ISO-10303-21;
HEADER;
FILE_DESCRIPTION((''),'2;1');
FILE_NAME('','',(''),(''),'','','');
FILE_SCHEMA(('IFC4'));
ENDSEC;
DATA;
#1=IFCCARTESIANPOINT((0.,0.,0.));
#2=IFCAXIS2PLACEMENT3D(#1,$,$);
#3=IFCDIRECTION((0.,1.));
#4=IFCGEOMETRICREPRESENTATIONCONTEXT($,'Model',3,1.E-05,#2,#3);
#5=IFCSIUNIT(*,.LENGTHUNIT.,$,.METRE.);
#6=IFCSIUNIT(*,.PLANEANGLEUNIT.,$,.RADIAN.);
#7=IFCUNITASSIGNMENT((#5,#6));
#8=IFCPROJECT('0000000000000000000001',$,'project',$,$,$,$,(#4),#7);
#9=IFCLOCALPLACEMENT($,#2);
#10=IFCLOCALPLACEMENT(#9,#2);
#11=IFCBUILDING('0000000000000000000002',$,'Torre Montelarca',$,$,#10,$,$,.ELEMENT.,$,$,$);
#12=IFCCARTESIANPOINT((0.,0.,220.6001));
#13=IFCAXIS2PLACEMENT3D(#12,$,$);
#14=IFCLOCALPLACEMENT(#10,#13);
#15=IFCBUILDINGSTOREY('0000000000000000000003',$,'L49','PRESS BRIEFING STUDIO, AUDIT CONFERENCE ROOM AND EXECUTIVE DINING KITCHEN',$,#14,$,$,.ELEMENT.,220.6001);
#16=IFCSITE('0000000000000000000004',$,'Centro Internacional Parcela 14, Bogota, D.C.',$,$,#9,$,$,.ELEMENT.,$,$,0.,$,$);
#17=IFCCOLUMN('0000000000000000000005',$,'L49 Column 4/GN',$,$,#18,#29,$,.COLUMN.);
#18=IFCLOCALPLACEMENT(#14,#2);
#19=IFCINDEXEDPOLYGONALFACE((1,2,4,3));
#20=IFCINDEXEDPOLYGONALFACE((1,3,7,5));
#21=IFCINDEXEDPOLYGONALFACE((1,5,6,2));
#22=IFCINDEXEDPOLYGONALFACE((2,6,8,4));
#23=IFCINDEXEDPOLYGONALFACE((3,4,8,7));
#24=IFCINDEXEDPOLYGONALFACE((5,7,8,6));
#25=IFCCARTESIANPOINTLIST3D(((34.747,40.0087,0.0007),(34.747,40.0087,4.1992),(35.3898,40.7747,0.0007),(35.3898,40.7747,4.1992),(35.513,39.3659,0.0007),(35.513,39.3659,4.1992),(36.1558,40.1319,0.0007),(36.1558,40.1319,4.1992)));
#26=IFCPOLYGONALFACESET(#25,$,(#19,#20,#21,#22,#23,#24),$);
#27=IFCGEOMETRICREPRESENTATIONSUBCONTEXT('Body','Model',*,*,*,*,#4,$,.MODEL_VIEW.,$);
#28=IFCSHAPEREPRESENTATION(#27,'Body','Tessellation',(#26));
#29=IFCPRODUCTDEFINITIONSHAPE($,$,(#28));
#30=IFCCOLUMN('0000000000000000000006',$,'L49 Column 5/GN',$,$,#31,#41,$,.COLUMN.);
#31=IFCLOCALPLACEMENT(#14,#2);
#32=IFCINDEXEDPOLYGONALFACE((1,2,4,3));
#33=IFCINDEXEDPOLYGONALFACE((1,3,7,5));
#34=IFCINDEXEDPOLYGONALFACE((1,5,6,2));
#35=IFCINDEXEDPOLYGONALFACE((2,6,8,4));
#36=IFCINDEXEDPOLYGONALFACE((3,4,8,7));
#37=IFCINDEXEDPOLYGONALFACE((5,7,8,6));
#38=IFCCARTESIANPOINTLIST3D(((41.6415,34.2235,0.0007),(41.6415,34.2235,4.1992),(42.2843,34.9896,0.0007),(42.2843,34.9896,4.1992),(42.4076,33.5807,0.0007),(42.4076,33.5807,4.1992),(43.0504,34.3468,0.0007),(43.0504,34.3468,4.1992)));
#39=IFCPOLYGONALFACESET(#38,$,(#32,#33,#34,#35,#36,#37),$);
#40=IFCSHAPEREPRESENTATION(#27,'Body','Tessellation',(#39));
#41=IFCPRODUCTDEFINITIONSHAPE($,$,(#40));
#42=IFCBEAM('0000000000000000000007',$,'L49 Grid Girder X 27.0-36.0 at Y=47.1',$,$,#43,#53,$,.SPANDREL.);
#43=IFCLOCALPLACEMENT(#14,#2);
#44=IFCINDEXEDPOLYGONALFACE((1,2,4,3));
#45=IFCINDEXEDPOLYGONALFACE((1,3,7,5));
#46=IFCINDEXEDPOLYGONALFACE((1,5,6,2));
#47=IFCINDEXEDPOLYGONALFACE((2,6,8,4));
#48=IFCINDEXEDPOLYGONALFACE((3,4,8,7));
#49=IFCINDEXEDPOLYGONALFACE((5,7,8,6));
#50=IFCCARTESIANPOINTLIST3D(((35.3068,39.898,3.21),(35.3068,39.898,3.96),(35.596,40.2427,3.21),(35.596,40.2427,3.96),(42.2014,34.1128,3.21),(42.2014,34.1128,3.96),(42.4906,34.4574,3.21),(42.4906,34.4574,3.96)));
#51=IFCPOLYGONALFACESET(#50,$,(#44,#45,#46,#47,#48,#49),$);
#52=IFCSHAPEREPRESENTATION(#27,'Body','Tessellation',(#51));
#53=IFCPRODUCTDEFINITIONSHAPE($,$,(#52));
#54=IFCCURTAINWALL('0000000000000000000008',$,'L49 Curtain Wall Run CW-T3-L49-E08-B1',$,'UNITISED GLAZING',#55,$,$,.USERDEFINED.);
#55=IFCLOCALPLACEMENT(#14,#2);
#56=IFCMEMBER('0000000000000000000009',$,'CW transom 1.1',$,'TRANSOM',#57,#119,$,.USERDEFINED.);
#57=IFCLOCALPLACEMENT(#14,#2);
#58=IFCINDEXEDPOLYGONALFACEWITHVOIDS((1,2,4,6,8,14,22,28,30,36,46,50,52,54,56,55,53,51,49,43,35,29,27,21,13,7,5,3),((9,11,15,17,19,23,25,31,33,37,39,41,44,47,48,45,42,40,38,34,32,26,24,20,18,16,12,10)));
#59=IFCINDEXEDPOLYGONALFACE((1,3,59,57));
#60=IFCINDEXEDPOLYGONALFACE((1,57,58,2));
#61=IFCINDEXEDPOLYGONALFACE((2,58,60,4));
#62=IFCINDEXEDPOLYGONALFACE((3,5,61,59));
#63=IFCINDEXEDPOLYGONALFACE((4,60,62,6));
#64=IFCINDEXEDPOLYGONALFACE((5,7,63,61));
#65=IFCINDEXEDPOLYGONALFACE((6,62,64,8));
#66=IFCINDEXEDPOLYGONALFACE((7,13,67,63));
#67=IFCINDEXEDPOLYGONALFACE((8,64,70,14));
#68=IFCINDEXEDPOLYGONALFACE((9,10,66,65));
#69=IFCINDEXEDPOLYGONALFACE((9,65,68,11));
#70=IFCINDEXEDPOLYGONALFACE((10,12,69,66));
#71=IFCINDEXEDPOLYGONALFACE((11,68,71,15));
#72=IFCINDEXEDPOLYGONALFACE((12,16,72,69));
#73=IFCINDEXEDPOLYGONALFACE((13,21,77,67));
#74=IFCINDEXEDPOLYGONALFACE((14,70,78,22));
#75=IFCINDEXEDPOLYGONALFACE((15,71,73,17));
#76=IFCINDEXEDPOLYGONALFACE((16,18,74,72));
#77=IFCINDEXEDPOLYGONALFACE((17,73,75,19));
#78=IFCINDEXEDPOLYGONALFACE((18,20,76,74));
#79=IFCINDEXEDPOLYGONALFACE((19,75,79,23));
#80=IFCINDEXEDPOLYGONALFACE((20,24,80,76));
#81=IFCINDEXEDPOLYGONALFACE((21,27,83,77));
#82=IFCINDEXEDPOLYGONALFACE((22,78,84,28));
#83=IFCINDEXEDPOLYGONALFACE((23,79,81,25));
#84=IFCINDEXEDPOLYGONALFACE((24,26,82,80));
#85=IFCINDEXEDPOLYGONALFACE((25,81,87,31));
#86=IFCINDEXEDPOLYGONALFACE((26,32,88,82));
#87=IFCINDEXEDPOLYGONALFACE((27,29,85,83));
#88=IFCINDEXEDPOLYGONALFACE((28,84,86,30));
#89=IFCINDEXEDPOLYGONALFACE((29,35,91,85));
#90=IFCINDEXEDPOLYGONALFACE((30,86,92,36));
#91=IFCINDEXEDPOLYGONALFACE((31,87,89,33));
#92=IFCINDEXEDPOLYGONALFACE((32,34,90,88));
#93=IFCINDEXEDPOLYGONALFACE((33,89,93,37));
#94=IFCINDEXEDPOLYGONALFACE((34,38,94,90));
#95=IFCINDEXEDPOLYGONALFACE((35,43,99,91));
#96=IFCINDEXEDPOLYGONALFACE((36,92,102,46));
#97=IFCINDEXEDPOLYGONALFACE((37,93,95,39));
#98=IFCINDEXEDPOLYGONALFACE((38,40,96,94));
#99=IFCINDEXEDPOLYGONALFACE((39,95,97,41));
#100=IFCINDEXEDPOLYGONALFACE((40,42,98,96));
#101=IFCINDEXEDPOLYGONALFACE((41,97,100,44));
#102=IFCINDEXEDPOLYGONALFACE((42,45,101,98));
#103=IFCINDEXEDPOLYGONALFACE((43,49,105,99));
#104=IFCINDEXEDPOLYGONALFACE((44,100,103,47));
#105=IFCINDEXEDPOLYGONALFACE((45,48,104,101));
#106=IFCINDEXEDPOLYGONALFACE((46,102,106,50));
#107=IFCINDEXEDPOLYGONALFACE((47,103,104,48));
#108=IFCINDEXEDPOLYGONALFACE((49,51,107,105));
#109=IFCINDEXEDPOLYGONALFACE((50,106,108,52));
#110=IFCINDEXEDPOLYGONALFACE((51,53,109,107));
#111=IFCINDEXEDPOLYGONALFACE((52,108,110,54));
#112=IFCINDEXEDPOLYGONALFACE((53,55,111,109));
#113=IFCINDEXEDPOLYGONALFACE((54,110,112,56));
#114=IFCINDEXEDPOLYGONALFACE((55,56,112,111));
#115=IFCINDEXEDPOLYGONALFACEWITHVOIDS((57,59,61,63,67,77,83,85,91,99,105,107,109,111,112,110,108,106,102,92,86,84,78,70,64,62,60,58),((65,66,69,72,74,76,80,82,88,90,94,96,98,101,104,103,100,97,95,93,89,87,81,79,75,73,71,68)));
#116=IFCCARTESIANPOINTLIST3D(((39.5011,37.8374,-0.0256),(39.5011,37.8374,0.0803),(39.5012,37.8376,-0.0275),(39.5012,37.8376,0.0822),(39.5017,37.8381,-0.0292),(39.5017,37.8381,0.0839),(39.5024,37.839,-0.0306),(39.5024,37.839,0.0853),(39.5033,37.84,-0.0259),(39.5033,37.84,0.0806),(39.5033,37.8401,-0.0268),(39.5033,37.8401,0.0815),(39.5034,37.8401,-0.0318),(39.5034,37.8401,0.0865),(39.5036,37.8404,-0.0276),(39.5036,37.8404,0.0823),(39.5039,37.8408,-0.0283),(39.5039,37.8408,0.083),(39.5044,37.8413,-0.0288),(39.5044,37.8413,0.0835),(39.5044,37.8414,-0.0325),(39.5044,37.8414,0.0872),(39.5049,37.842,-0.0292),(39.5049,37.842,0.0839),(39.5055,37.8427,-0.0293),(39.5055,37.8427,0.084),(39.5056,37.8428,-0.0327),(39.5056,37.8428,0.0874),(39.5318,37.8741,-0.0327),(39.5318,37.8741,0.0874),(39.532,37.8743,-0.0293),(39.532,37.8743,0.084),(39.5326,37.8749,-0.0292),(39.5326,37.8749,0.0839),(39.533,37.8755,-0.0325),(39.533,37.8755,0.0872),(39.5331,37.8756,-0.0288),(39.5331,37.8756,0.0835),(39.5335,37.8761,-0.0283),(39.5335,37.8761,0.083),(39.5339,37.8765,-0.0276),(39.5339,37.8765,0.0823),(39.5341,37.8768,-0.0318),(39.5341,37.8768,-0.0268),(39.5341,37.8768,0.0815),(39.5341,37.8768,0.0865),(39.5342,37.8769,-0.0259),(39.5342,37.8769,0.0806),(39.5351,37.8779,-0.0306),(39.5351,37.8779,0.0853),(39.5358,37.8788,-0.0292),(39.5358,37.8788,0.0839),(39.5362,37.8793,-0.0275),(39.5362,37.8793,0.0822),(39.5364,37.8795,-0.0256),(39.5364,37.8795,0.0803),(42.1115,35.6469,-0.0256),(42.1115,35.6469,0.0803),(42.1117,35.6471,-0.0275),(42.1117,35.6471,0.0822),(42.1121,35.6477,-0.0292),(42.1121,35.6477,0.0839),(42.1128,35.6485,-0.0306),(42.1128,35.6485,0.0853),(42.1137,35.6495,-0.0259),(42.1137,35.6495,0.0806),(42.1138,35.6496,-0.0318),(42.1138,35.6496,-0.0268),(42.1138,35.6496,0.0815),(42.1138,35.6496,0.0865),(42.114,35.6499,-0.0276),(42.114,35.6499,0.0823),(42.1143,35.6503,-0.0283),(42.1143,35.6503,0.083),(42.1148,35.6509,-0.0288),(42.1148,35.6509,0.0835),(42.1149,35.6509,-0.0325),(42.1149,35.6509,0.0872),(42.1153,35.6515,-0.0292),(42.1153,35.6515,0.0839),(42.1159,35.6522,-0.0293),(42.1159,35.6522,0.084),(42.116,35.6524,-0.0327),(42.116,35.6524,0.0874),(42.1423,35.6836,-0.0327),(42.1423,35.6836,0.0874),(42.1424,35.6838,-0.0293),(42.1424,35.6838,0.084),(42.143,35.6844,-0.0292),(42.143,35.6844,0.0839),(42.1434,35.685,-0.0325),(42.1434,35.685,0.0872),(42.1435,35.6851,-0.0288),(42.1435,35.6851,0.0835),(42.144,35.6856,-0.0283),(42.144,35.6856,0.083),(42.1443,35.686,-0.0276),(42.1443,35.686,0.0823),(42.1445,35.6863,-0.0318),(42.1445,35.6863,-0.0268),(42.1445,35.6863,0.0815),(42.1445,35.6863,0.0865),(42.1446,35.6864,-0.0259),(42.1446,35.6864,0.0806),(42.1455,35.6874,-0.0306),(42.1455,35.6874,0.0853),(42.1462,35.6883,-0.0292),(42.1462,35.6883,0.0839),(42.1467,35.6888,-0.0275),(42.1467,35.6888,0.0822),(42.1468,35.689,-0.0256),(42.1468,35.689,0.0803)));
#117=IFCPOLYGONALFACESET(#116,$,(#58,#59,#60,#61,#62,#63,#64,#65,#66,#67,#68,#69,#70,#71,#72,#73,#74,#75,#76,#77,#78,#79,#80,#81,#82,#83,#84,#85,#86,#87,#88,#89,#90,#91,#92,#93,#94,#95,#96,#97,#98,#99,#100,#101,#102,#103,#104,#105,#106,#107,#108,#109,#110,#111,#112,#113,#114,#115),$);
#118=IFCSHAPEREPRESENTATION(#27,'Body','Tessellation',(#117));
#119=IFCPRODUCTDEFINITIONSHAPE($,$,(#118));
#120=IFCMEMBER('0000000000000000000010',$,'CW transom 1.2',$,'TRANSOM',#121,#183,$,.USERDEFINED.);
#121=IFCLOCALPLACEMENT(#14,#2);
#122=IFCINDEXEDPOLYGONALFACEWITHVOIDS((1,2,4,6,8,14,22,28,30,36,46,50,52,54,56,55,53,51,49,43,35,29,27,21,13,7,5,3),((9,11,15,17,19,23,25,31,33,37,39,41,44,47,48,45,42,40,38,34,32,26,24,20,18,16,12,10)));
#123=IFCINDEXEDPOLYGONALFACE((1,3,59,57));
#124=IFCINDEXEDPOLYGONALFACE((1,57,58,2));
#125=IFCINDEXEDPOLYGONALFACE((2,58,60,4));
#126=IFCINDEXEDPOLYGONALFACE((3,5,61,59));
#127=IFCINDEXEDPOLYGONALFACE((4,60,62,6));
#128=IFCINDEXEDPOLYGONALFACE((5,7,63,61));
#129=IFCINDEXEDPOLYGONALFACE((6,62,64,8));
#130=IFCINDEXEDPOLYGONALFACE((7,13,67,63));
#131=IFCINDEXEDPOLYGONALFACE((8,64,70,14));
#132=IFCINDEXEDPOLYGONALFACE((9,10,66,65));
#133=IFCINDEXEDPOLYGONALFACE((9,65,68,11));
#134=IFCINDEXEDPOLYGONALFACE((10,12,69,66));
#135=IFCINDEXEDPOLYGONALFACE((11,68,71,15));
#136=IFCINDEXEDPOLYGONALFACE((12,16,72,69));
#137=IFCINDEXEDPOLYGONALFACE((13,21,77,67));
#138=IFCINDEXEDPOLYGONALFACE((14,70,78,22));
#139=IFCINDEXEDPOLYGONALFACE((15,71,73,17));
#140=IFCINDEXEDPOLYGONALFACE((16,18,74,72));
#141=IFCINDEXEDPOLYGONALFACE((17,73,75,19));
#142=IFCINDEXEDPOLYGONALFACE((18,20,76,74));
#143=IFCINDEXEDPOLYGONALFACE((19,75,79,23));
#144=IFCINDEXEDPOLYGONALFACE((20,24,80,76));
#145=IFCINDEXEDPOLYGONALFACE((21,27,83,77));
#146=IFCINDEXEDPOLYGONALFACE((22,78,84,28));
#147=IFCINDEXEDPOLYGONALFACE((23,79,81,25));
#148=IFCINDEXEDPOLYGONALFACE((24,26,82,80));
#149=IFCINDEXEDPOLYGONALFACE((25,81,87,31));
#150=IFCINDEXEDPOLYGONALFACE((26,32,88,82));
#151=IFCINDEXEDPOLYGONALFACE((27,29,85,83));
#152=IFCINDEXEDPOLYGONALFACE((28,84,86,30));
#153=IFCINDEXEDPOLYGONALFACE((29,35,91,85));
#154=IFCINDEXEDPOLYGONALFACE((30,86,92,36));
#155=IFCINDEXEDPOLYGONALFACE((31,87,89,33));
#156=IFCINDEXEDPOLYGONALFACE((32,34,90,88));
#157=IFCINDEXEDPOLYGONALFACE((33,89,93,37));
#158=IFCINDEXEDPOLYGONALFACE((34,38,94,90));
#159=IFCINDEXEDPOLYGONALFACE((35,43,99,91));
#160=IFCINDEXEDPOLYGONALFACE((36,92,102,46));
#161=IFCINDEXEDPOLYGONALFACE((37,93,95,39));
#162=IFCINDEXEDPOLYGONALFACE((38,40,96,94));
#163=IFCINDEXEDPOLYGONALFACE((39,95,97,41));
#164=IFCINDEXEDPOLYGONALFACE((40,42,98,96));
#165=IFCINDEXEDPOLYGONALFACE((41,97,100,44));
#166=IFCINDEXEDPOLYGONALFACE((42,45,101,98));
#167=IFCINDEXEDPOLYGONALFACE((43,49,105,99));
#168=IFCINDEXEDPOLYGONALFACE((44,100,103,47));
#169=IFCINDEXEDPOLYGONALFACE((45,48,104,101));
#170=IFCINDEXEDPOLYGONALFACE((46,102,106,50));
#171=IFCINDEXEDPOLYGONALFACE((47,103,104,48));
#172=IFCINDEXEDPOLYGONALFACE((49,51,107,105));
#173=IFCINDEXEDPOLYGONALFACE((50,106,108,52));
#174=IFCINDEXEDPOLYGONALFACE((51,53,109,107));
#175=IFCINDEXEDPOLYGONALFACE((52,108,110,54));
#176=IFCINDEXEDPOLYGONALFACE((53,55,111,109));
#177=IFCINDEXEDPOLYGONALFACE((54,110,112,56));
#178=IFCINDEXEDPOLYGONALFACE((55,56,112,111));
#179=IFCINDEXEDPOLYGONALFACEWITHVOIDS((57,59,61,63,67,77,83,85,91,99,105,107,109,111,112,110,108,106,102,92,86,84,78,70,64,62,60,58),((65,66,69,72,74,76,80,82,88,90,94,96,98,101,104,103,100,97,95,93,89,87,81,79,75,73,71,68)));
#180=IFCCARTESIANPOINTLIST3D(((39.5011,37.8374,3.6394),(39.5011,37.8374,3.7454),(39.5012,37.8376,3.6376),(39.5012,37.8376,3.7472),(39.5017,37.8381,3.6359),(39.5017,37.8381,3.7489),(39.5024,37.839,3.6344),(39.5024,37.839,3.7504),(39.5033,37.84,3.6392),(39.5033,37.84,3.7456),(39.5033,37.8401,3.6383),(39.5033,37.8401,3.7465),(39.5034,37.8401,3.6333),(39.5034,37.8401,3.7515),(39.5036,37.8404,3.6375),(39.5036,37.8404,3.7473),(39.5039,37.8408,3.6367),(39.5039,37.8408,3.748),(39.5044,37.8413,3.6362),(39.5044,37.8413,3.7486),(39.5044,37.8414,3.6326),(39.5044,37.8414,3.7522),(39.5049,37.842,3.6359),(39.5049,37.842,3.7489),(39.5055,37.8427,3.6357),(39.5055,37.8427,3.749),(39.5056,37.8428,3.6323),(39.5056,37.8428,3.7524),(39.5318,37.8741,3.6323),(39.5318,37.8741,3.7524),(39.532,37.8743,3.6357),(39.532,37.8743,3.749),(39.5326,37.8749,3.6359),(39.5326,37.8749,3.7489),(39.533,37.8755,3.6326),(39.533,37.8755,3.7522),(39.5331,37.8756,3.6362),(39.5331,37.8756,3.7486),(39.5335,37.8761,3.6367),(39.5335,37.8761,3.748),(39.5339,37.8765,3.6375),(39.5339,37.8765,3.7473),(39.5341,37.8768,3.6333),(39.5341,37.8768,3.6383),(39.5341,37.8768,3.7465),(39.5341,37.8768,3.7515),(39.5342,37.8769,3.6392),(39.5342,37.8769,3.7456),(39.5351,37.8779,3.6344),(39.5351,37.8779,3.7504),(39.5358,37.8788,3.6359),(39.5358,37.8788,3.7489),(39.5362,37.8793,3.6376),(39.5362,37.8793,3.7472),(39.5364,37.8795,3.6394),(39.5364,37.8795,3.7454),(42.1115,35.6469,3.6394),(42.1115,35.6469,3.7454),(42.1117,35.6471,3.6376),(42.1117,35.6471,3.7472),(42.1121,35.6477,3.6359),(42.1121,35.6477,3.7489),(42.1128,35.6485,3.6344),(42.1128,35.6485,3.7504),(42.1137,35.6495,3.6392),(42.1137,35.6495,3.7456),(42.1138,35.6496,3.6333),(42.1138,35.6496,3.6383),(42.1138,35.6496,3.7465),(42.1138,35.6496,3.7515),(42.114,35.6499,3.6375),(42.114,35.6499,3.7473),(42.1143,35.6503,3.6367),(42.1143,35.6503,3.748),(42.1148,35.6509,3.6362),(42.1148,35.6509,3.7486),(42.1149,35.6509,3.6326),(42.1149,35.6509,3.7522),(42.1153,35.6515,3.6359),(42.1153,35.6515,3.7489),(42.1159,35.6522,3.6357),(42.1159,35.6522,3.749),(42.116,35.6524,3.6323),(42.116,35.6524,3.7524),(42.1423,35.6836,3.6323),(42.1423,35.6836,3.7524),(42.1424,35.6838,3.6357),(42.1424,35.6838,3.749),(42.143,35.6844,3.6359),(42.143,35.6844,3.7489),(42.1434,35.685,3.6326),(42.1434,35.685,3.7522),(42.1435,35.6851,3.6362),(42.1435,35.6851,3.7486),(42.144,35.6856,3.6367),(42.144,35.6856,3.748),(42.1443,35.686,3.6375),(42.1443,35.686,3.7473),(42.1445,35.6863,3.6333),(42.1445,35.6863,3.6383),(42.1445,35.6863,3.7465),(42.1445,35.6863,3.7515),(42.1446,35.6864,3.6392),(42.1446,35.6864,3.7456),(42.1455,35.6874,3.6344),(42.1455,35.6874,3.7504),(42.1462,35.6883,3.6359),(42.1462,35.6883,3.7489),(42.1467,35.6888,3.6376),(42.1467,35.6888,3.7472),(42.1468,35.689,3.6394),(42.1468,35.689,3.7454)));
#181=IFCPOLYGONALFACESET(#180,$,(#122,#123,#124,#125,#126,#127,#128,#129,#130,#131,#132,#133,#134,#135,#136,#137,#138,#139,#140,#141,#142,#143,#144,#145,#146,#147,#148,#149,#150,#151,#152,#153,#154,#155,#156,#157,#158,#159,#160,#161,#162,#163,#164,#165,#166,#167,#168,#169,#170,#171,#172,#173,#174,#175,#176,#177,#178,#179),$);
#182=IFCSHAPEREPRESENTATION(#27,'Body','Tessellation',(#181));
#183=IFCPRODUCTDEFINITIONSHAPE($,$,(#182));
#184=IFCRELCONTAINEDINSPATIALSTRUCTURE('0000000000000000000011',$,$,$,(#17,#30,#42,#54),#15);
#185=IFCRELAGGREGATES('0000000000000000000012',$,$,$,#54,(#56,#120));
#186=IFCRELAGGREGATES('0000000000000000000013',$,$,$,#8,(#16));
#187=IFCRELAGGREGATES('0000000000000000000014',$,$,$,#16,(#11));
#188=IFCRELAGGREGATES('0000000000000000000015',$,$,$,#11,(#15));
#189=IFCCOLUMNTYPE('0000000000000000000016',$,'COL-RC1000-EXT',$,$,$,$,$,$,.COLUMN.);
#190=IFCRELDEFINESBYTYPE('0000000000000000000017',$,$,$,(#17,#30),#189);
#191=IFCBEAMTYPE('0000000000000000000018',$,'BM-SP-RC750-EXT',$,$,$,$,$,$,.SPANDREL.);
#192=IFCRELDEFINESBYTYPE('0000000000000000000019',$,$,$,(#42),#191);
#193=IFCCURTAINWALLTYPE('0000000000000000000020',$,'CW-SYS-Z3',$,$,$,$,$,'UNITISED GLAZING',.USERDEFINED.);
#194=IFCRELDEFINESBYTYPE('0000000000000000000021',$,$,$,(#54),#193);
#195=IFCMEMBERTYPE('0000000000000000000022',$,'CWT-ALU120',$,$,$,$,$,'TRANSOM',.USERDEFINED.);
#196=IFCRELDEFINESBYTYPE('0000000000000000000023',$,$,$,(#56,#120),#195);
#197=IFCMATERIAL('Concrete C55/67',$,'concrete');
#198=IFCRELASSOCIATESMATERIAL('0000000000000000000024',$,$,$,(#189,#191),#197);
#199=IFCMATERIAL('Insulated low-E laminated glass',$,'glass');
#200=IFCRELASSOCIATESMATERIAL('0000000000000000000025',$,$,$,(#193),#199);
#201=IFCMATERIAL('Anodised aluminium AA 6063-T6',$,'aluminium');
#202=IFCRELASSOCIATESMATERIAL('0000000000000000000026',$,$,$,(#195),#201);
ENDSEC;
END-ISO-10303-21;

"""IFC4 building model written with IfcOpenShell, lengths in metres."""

from ifc_helpers import new_model, si_unit, direction, frame, origin, origin_2d, place, context, subcontext, project, spatial, rectangle, hollow_rectangle, extrude, source, transform, mapped, material, material_profile, profile_set, type_object, element, aggregate, save


model = new_model("IFC4")

# Units and contexts
model_context = context("Model", 3, precision=1e-05, world=origin(), true_north=direction((0.0, 1.0)))
body_context = subcontext(model_context, "Body", "Model", "MODEL_VIEW")
ifc_project = project(units=[si_unit("LENGTHUNIT", "METRE"), si_unit("PLANEANGLEUNIT", "RADIAN")], contexts=[model_context])

# Site, building, storey
site_placement = place(None, origin())
site = spatial("IfcSite", under=ifc_project, at=site_placement, Name="Centro Internacional Parcela 14, Bogota, D.C.", CompositionType="ELEMENT", RefElevation=0.0)
building_placement = place(site_placement, origin())
building = spatial("IfcBuilding", under=site, at=building_placement, Name="Torre Montelarca", CompositionType="ELEMENT")
storey_placement = place(building_placement, frame((0.0, 0.0, 220.6001)))
storey = spatial("IfcBuildingStorey", under=building, at=storey_placement, Name="L49", Description="PRESS BRIEFING STUDIO, AUDIT CONFERENCE ROOM AND EXECUTIVE DINING KITCHEN", CompositionType="ELEMENT", Elevation=220.6001)

# Columns
ifc_material_1 = material(Name="Concrete C55/67", Category="concrete")
ifc_material_profile_1 = material_profile(ifc_material_1, rectangle(XDim=1.0, YDim=1.0, at=origin_2d()), Name="RC1000X1000", Category="concrete")
ifc_profile_set_1 = profile_set([ifc_material_profile_1], Name="Concrete C55/67")
column_type = type_object("IfcColumnType", Name="COL-RC1000-EXT", PredefinedType="COLUMN", material=ifc_profile_set_1)
shared_shape_1 = source(origin(), body_context, "Body", "SweptSolid", [
    extrude(rectangle(XDim=1.0, YDim=1.0, at=origin_2d()), origin(), (0.0, 0.0, 1.0), 4.1985),
])
for number, where, z_axis, x_axis, name in (
    (1, (35.4514, 40.0703, 0.0007), (0.0, 0.0, 1.0), (-0.766044, 0.642788, 0.0), "L49 Column 4/GN"),
    (2, (42.3459, 34.2852, 0.0007), (0.0, 0.0, 1.0), (-0.766044, 0.642788, 0.0), "L49 Column 5/GN"),
):
    element("IfcColumn", number, at=place(storey_placement, frame(where, z_axis=z_axis, x_axis=x_axis)), inside=storey, type_object=column_type, Name=name, PredefinedType="COLUMN", context=body_context, shape_type="MappedRepresentation", body=[
        mapped(shared_shape_1, transform((0.0, 0.0, 0.0), scale=1.0)),
    ])

# Beam
ifc_material_profile_2 = material_profile(ifc_material_1, rectangle(XDim=0.45, YDim=0.75, at=origin_2d()), Name="RCB450X750", Category="concrete")
ifc_profile_set_2 = profile_set([ifc_material_profile_2], Name="Concrete C55/67")
beam_type = type_object("IfcBeamType", Name="BM-SP-RC750-EXT", PredefinedType="SPANDREL", material=ifc_profile_set_2)
shared_shape_2 = source(origin(), body_context, "Body", "SweptSolid", [
    extrude(rectangle(XDim=0.45, YDim=0.75, at=origin_2d()), origin(), (0.0, 0.0, 1.0), 9.0002),
])
beam_placement = place(storey_placement, frame((35.4514, 40.0703, 3.585), z_axis=(0.766047, -0.642785, 0.0), x_axis=(0.642785, 0.766047, 0.0)))
element("IfcBeam", 3, at=beam_placement, inside=storey, type_object=beam_type, Name="L49 Grid Girder X 27.0-36.0 at Y=47.1", PredefinedType="SPANDREL", context=body_context, shape_type="MappedRepresentation", body=[
    mapped(shared_shape_2, transform((0.0, 0.0, 0.0), scale=1.0)),
])

# Curtain wall, members
ifc_material_2 = material(Name="Insulated low-E laminated glass", Category="glass")
curtain_wall_type = type_object("IfcCurtainWallType", Name="CW-SYS-Z3", ElementType="UNITISED GLAZING", PredefinedType="USERDEFINED", material=ifc_material_2)
curtain_wall_1_placement = place(storey_placement, origin())
curtain_wall_1 = element("IfcCurtainWall", 4, at=curtain_wall_1_placement, inside=storey, type_object=curtain_wall_type, Name="L49 Curtain Wall Run CW-T3-L49-E08-B1", ObjectType="UNITISED GLAZING", PredefinedType="USERDEFINED")
ifc_material_3 = material(Name="Anodised aluminium AA 6063-T6", Category="aluminium")
ifc_material_profile_3 = material_profile(ifc_material_3, hollow_rectangle(XDim=0.0549, YDim=0.1201, WallThickness=0.0034, InnerFilletRadius=0.0034, OuterFilletRadius=0.0071, at=origin_2d()), Name="ALU55X120X3.5", Category="aluminium")
ifc_profile_set_3 = profile_set([ifc_material_profile_3], Name="Anodised aluminium AA 6063-T6")
member_type_1 = type_object("IfcMemberType", Name="CWT-ALU120", ElementType="TRANSOM", PredefinedType="USERDEFINED", material=ifc_profile_set_3)
shared_shape_3 = source(origin(), body_context, "Body", "SweptSolid", [
    extrude(hollow_rectangle(XDim=0.0549, YDim=0.1201, WallThickness=0.0034, InnerFilletRadius=0.0034, OuterFilletRadius=0.0071, at=origin_2d()), origin(), (0.0, 0.0, 1.0), 3.4077),
])
member_1_placement = place(storey_placement, frame((42.1292, 35.668, 0.0273), z_axis=(-0.766032, 0.642802, 0.0), x_axis=(-0.642802, -0.766032, 0.0)))
member_1 = element("IfcMember", 5, at=member_1_placement, type_object=member_type_1, Name="CW transom 1.1", ObjectType="TRANSOM", PredefinedType="USERDEFINED", context=body_context, shape_type="MappedRepresentation", body=[
    mapped(shared_shape_3, transform((0.0, 0.0, 0.0), scale=1.0)),
])
member_2_placement = place(storey_placement, frame((42.1292, 35.668, 3.6924), z_axis=(-0.766032, 0.642802, 0.0), x_axis=(-0.642802, -0.766032, 0.0)))
member_2 = element("IfcMember", 6, at=member_2_placement, type_object=member_type_1, Name="CW transom 1.2", ObjectType="TRANSOM", PredefinedType="USERDEFINED", context=body_context, shape_type="MappedRepresentation", body=[
    mapped(shared_shape_3, transform((0.0, 0.0, 0.0), scale=1.0)),
])

aggregate(curtain_wall_1, [member_1, member_2])

save(model, "model.ifc")
